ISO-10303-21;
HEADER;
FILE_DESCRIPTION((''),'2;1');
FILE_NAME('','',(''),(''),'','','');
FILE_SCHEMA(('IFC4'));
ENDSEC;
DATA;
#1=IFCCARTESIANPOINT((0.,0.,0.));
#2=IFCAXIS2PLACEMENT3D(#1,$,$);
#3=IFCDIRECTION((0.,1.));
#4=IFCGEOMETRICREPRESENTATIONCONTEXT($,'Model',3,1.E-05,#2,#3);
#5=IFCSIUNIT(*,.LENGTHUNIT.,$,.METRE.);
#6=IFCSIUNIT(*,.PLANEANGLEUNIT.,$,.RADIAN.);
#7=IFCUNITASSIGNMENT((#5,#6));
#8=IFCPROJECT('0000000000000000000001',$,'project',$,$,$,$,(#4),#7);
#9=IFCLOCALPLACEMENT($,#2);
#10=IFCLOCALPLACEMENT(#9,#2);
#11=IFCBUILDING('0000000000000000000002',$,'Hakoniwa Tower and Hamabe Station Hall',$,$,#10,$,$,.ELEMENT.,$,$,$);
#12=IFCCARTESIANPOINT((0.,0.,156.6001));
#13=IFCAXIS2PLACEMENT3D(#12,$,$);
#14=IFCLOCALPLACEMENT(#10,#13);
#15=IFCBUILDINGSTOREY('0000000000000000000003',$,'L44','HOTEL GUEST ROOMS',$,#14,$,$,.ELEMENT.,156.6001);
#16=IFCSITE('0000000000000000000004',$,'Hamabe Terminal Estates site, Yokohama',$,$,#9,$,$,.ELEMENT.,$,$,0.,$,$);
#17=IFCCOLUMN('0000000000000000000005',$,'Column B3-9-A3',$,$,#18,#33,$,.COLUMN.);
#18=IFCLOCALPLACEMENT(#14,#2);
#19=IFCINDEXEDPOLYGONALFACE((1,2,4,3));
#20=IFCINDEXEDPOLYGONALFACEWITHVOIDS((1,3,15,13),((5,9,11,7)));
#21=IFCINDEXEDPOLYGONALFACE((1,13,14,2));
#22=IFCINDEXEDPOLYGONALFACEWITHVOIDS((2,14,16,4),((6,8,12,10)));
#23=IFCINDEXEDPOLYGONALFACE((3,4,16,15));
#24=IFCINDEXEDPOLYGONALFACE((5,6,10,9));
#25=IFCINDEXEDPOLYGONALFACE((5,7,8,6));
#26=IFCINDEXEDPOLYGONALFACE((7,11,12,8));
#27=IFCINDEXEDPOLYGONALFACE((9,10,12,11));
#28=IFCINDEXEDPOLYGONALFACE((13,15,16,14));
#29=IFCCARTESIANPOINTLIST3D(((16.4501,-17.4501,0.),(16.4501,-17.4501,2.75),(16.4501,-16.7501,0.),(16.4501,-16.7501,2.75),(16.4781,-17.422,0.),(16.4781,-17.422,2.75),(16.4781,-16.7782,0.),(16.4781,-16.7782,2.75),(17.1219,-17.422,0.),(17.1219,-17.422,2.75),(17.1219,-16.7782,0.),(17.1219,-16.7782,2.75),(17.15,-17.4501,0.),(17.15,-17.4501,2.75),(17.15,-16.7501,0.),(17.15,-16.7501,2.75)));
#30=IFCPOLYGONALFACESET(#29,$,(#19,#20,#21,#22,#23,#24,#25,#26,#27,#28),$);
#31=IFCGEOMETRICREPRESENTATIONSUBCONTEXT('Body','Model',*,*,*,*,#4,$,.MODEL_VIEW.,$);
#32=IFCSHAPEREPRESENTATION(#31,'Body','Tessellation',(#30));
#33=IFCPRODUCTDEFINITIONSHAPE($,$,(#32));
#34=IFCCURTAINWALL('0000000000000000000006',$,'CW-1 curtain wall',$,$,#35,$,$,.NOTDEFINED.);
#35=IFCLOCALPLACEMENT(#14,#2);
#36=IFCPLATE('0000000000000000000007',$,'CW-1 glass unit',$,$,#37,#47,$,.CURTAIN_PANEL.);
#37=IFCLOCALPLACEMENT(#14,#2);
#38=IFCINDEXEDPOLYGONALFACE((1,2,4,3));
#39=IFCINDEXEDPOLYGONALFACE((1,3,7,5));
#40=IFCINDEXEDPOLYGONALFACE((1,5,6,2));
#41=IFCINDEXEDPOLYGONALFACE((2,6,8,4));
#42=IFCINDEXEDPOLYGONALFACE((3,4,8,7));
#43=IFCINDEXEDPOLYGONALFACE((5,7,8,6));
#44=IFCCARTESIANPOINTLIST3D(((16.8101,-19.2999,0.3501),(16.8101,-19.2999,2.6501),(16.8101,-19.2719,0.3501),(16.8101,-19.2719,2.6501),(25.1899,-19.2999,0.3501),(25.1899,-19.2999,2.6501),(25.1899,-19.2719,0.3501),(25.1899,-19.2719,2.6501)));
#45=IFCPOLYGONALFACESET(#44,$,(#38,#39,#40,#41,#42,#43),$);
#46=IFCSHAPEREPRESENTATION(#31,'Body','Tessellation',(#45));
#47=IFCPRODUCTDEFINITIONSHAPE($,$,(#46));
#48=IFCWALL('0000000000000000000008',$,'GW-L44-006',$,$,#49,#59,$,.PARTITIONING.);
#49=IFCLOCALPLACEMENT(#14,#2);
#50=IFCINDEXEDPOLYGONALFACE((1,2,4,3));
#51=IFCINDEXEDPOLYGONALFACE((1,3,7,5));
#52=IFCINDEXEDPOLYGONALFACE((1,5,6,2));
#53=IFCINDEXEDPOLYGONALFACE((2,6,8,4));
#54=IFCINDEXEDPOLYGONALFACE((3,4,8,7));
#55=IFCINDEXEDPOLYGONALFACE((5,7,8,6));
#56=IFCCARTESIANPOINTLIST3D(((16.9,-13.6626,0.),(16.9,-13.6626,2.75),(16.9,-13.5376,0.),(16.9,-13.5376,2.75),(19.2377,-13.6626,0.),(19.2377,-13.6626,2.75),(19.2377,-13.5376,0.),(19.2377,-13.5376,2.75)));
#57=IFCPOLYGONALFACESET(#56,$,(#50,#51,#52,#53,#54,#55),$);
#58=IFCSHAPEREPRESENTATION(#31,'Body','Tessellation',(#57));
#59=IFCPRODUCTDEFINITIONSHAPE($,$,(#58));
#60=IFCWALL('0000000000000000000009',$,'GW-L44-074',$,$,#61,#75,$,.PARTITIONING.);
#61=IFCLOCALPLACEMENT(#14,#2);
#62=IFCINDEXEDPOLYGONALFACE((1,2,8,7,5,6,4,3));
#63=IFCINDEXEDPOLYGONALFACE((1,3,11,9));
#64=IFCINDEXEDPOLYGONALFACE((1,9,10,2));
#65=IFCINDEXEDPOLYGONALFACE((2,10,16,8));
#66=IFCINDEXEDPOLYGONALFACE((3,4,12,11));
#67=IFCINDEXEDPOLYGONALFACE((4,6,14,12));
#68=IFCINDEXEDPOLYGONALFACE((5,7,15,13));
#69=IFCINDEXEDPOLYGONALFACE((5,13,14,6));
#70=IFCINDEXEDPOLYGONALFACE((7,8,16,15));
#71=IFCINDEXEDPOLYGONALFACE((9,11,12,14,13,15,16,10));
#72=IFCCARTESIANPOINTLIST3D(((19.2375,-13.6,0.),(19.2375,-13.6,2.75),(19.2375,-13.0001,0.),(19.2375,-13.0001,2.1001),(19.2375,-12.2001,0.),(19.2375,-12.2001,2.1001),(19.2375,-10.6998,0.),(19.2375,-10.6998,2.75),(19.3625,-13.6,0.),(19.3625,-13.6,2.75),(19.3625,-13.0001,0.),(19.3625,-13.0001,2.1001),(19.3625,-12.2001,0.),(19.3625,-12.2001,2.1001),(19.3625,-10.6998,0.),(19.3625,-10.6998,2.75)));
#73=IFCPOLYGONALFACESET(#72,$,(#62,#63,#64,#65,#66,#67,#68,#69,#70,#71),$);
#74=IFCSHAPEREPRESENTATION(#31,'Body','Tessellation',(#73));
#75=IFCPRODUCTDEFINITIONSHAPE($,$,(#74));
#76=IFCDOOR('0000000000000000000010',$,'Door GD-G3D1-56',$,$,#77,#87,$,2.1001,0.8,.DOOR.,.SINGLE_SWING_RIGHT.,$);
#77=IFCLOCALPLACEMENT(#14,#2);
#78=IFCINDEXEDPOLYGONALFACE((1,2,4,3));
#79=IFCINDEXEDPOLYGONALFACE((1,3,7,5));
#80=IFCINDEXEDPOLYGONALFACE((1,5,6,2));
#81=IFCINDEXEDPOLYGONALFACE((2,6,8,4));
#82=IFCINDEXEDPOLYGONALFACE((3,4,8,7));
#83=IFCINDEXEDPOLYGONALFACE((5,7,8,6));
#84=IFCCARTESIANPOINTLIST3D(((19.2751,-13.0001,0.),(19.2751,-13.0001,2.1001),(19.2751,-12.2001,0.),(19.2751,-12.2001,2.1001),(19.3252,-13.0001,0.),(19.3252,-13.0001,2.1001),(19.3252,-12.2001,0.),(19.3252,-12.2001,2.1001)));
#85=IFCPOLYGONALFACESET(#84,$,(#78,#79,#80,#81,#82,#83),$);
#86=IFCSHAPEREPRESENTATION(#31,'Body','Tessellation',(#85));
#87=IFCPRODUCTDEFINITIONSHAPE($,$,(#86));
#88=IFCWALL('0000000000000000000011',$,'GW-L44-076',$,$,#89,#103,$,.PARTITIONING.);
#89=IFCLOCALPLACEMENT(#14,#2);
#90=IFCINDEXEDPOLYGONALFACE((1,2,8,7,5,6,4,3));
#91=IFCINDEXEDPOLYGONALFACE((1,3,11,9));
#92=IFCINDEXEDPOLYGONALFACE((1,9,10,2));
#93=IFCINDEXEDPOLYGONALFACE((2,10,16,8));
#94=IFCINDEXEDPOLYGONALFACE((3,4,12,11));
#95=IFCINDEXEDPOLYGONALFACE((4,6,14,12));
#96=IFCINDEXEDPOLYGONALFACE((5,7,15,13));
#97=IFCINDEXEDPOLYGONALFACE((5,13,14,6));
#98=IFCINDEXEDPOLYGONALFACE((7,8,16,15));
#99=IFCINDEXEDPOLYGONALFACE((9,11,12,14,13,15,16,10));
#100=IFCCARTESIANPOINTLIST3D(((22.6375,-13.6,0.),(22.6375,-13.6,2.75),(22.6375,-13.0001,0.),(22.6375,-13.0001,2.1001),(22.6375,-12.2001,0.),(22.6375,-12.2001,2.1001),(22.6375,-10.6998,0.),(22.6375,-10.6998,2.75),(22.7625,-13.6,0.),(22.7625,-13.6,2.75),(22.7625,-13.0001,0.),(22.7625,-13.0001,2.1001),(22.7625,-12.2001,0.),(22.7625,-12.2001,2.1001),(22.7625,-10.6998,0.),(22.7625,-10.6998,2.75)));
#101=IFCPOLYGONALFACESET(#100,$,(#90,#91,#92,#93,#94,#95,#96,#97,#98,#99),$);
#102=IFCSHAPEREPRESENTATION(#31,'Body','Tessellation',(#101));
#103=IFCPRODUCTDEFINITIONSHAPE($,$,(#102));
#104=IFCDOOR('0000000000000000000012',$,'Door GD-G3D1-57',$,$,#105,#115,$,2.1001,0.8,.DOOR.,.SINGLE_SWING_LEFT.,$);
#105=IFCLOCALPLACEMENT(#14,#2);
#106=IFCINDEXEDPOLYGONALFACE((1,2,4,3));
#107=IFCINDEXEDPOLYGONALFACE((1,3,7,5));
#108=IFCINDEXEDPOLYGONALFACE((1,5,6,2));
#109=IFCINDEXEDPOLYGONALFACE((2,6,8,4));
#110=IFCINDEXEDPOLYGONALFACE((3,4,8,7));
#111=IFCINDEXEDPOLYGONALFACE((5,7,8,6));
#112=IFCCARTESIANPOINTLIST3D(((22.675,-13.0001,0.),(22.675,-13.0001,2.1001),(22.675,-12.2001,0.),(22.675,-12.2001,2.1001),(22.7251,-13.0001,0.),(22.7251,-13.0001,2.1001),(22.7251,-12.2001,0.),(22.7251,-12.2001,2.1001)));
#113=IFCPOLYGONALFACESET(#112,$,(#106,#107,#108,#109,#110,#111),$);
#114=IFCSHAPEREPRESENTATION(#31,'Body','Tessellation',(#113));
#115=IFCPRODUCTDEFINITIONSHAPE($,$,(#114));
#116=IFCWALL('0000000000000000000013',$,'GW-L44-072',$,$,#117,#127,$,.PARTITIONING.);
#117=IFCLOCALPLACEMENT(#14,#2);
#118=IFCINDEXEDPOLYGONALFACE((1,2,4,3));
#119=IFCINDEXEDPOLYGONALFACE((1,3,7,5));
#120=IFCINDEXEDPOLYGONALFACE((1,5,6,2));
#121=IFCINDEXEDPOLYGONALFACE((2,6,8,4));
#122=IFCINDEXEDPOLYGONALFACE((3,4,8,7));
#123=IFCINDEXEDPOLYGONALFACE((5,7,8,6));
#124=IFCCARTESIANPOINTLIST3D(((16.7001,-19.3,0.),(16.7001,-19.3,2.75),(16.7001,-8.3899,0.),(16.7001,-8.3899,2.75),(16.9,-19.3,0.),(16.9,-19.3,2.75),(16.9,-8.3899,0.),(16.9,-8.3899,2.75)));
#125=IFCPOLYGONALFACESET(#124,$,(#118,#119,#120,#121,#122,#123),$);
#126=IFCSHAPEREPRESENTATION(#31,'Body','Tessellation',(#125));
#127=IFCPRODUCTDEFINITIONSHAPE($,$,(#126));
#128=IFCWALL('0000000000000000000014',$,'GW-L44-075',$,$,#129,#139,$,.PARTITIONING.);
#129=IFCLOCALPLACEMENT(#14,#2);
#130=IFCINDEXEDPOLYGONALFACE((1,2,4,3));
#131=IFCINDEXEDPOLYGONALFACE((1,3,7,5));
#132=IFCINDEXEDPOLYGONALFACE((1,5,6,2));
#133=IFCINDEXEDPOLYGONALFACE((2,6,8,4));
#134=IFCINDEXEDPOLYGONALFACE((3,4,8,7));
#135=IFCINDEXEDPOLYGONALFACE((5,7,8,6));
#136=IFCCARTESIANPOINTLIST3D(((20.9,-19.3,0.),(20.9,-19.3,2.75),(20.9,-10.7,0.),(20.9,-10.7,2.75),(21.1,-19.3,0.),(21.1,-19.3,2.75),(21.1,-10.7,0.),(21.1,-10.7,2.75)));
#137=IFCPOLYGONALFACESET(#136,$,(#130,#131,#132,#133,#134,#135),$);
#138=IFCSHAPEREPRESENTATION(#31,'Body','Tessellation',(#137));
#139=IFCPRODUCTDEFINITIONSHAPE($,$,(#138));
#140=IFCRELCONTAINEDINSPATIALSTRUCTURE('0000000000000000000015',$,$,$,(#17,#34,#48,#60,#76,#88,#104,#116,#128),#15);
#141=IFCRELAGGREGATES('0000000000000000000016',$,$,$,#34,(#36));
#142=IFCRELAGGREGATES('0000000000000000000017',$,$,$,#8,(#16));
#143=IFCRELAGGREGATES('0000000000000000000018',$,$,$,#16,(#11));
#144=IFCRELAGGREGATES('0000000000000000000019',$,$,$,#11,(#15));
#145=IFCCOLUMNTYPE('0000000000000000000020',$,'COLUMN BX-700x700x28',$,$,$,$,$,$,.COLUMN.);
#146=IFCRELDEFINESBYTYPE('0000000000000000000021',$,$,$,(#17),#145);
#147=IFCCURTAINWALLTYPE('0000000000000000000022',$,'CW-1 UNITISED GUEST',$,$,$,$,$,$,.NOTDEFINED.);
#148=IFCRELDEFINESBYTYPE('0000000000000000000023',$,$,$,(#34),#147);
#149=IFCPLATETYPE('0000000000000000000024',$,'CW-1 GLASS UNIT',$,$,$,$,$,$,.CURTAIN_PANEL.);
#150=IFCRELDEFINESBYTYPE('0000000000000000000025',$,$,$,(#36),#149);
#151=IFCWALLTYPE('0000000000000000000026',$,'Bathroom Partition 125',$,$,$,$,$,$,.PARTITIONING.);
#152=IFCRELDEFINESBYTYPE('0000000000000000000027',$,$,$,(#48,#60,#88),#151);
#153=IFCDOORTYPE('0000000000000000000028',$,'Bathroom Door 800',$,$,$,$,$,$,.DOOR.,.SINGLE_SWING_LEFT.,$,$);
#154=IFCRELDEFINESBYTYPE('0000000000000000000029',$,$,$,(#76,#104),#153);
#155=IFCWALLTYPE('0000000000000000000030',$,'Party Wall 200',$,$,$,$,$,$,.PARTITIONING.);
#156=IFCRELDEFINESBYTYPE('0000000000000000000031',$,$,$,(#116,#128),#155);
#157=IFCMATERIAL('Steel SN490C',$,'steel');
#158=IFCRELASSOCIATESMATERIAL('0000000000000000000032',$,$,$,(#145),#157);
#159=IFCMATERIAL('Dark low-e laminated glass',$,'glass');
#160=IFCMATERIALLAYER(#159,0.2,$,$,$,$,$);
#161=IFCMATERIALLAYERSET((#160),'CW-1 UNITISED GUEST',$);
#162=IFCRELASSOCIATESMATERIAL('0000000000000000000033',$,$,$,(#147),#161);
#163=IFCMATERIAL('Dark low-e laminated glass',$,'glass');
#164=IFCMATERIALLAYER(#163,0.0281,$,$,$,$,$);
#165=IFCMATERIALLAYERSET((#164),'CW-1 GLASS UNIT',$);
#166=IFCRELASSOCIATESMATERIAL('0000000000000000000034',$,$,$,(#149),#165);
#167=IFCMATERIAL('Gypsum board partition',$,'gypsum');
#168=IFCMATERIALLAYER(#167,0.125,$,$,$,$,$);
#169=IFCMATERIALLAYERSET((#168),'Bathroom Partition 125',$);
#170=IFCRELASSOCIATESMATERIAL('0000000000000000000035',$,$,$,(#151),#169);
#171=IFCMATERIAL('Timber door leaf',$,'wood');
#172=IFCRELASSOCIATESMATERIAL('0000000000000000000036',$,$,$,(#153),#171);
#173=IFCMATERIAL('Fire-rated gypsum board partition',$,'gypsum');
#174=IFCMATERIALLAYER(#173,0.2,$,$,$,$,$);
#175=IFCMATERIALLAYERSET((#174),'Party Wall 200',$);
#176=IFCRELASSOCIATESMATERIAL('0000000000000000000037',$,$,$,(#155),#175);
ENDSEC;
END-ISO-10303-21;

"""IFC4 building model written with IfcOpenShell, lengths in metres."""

from ifc_helpers import new_model, si_unit, direction, frame, frame_2d, origin, origin_2d, place, context, subcontext, project, spatial, rectangle, hollow_rectangle, extrude, material, layer, layer_set, material_profile, profile_set, type_object, element, fill, aggregate, save


model = new_model("IFC4")

# Units and contexts
model_context = context("Model", 3, precision=1e-05, world=origin(), true_north=direction((0.0, 1.0)))
body_context = subcontext(model_context, "Body", "Model", "MODEL_VIEW")
ifc_project = project(units=[si_unit("LENGTHUNIT", "METRE"), si_unit("PLANEANGLEUNIT", "RADIAN")], contexts=[model_context])

# Site, building, storey
site_placement = place(None, origin())
site = spatial("IfcSite", under=ifc_project, at=site_placement, Name="Hamabe Terminal Estates site, Yokohama", CompositionType="ELEMENT", RefElevation=0.0)
building_placement = place(site_placement, origin())
building = spatial("IfcBuilding", under=site, at=building_placement, Name="Hakoniwa Tower and Hamabe Station Hall", CompositionType="ELEMENT")
storey_placement = place(building_placement, frame((0.0, 0.0, 156.6001)))
storey = spatial("IfcBuildingStorey", under=building, at=storey_placement, Name="L44", Description="HOTEL GUEST ROOMS", CompositionType="ELEMENT", Elevation=156.6001)

# Column
ifc_material_1 = material(Name="Steel SN490C", Category="steel")
ifc_material_profile = material_profile(ifc_material_1, hollow_rectangle(XDim=0.7, YDim=0.7, WallThickness=0.0281, at=origin_2d()), Name="BX-700x700x28")
ifc_profile_set = profile_set([ifc_material_profile], Name="Steel SN490C")
column_type = type_object("IfcColumnType", Name="COLUMN BX-700x700x28", PredefinedType="COLUMN", material=ifc_profile_set)
column_placement = place(storey_placement, frame((16.8, -17.1001, 0.0), z_axis=(0.0, 0.0, 1.0), x_axis=(1.0, 0.0, 0.0)))
element("IfcColumn", 1, at=column_placement, inside=storey, type_object=column_type, Name="Column B3-9-A3", PredefinedType="COLUMN", context=body_context, shape_type="SweptSolid", body=[
    extrude(hollow_rectangle(XDim=0.7, YDim=0.7, WallThickness=0.0281, at=origin_2d()), origin(), (0.0, 0.0, 1.0), 2.75),
])

# Curtain wall, plate
ifc_material_2 = material(Name="Dark low-e laminated glass", Category="glass")
ifc_layer_1 = layer(ifc_material_2, 0.2)
ifc_layer_set_1 = layer_set([ifc_layer_1], Name="CW-1 UNITISED GUEST")
curtain_wall_type = type_object("IfcCurtainWallType", Name="CW-1 UNITISED GUEST", PredefinedType="NOTDEFINED", material=ifc_layer_set_1)
curtain_wall_placement = place(storey_placement, origin())
curtain_wall = element("IfcCurtainWall", 2, at=curtain_wall_placement, inside=storey, type_object=curtain_wall_type, Name="CW-1 curtain wall", PredefinedType="NOTDEFINED")
ifc_material_3 = material(Name="Dark low-e laminated glass", Category="glass")
ifc_layer_2 = layer(ifc_material_3, 0.0281)
ifc_layer_set_2 = layer_set([ifc_layer_2], Name="CW-1 GLASS UNIT")
plate_type = type_object("IfcPlateType", Name="CW-1 GLASS UNIT", PredefinedType="CURTAIN_PANEL", material=ifc_layer_set_2)
plate_placement = place(storey_placement, frame((21.0, -19.2859, 0.3501), z_axis=(0.0, 0.0, 1.0), x_axis=(1.0, 0.0, 0.0)))
plate = element("IfcPlate", 3, at=plate_placement, type_object=plate_type, Name="CW-1 glass unit", PredefinedType="CURTAIN_PANEL", context=body_context, shape_type="SweptSolid", body=[
    extrude(rectangle(XDim=8.3799, YDim=0.0281, at=origin_2d()), origin(), (0.0, 0.0, 1.0), 2.3),
])
aggregate(curtain_wall, [plate])

# Wall
ifc_material_4 = material(Name="Gypsum board partition", Category="gypsum")
ifc_layer_3 = layer(ifc_material_4, 0.125)
ifc_layer_set_3 = layer_set([ifc_layer_3], Name="Bathroom Partition 125")
wall_type_1 = type_object("IfcWallType", Name="Bathroom Partition 125", PredefinedType="PARTITIONING", material=ifc_layer_set_3)
wall_1_placement = place(storey_placement, frame((16.8999, -13.6001, 0.0), z_axis=(0.0, 0.0, 1.0), x_axis=(1.0, 0.0, 0.0)))
element("IfcWall", 4, at=wall_1_placement, inside=storey, type_object=wall_type_1, Name="GW-L44-006", PredefinedType="PARTITIONING", context=body_context, shape_type="SweptSolid", body=[
    extrude(rectangle(XDim=2.3376, YDim=0.125, at=frame_2d((1.1689, 0.0))), origin(), (0.0, 0.0, 1.0), 2.75),
])

# Walls, openings, doors
wall_2_placement = place(storey_placement, frame((19.3, -13.6001, 0.0), z_axis=(0.0, 0.0, 1.0), x_axis=(0.0, 1.0, 0.0)))
wall_2 = element("IfcWall", 5, at=wall_2_placement, inside=storey, type_object=wall_type_1, Name="GW-L44-074", PredefinedType="PARTITIONING", context=body_context, shape_type="SweptSolid", body=[
    extrude(rectangle(XDim=2.9001, YDim=0.125, at=frame_2d((1.4502, 0.0))), origin(), (0.0, 0.0, 1.0), 2.75),
])
opening_1_placement = place(wall_2_placement, frame((0.6001, 0.0, 0.0)))
opening_1 = element("IfcOpeningElement", 6, at=opening_1_placement, cuts=wall_2, PredefinedType="OPENING", context=body_context, shape_type="SweptSolid", body=[
    extrude(rectangle(XDim=0.8, YDim=2.1001, at=frame_2d((0.3999, 1.05))), frame((0.0, 0.0725, 0.0), z_axis=(0.0, -1.0, 0.0), x_axis=(1.0, 0.0, 0.0)), (0.0, 0.0, 1.0), 0.145),
])
ifc_material_5 = material(Name="Timber door leaf", Category="wood")
door_type = type_object("IfcDoorType", Name="Bathroom Door 800", OperationType="SINGLE_SWING_LEFT", PredefinedType="DOOR", material=ifc_material_5)
door_1_placement = place(opening_1_placement, origin())
door_1 = element("IfcDoor", 7, at=door_1_placement, inside=storey, type_object=door_type, Name="Door GD-G3D1-56", OperationType="SINGLE_SWING_RIGHT", OverallHeight=2.1001, OverallWidth=0.8, PredefinedType="DOOR", context=body_context, shape_type="SweptSolid", body=[
    extrude(rectangle(XDim=0.8, YDim=2.1001, at=frame_2d((0.3999, 1.05))), frame((0.0, 0.0249, 0.0), z_axis=(0.0, -1.0, 0.0), x_axis=(1.0, 0.0, 0.0)), (0.0, 0.0, 1.0), 0.05),
])
fill(opening_1, door_1)
wall_3_placement = place(storey_placement, frame((22.7, -13.6001, 0.0), z_axis=(0.0, 0.0, 1.0), x_axis=(0.0, 1.0, 0.0)))
wall_3 = element("IfcWall", 8, at=wall_3_placement, inside=storey, type_object=wall_type_1, Name="GW-L44-076", PredefinedType="PARTITIONING", context=body_context, shape_type="SweptSolid", body=[
    extrude(rectangle(XDim=2.9001, YDim=0.125, at=frame_2d((1.4502, 0.0))), origin(), (0.0, 0.0, 1.0), 2.75),
])
opening_2_placement = place(wall_3_placement, frame((0.6001, 0.0, 0.0)))
opening_2 = element("IfcOpeningElement", 9, at=opening_2_placement, cuts=wall_3, PredefinedType="OPENING", context=body_context, shape_type="SweptSolid", body=[
    extrude(rectangle(XDim=0.8, YDim=2.1001, at=frame_2d((0.3999, 1.05))), frame((0.0, 0.0725, 0.0), z_axis=(0.0, -1.0, 0.0), x_axis=(1.0, 0.0, 0.0)), (0.0, 0.0, 1.0), 0.145),
])
door_2_placement = place(opening_2_placement, origin())
door_2 = element("IfcDoor", 10, at=door_2_placement, inside=storey, type_object=door_type, Name="Door GD-G3D1-57", OperationType="SINGLE_SWING_LEFT", OverallHeight=2.1001, OverallWidth=0.8, PredefinedType="DOOR", context=body_context, shape_type="SweptSolid", body=[
    extrude(rectangle(XDim=0.8, YDim=2.1001, at=frame_2d((0.3999, 1.05))), frame((0.0, 0.0249, 0.0), z_axis=(0.0, -1.0, 0.0), x_axis=(1.0, 0.0, 0.0)), (0.0, 0.0, 1.0), 0.05),
])
fill(opening_2, door_2)

# Walls
ifc_material_6 = material(Name="Fire-rated gypsum board partition", Category="gypsum")
ifc_layer_4 = layer(ifc_material_6, 0.2)
ifc_layer_set_4 = layer_set([ifc_layer_4], Name="Party Wall 200")
wall_type_2 = type_object("IfcWallType", Name="Party Wall 200", PredefinedType="PARTITIONING", material=ifc_layer_set_4)
wall_4_placement = place(storey_placement, frame((16.8, -19.3, 0.0), z_axis=(0.0, 0.0, 1.0), x_axis=(0.0, 1.0, 0.0)))
element("IfcWall", 11, at=wall_4_placement, inside=storey, type_object=wall_type_2, Name="GW-L44-072", PredefinedType="PARTITIONING", context=body_context, shape_type="SweptSolid", body=[
    extrude(rectangle(XDim=10.9102, YDim=0.2, at=frame_2d((5.4551, 0.0))), origin(), (0.0, 0.0, 1.0), 2.75),
])
wall_5_placement = place(storey_placement, frame((21.0, -19.3, 0.0), z_axis=(0.0, 0.0, 1.0), x_axis=(0.0, 1.0, 0.0)))
element("IfcWall", 12, at=wall_5_placement, inside=storey, type_object=wall_type_2, Name="GW-L44-075", PredefinedType="PARTITIONING", context=body_context, shape_type="SweptSolid", body=[
    extrude(rectangle(XDim=8.6001, YDim=0.2, at=frame_2d((4.3, 0.0))), origin(), (0.0, 0.0, 1.0), 2.75),
])

save(model, "model.ifc")
